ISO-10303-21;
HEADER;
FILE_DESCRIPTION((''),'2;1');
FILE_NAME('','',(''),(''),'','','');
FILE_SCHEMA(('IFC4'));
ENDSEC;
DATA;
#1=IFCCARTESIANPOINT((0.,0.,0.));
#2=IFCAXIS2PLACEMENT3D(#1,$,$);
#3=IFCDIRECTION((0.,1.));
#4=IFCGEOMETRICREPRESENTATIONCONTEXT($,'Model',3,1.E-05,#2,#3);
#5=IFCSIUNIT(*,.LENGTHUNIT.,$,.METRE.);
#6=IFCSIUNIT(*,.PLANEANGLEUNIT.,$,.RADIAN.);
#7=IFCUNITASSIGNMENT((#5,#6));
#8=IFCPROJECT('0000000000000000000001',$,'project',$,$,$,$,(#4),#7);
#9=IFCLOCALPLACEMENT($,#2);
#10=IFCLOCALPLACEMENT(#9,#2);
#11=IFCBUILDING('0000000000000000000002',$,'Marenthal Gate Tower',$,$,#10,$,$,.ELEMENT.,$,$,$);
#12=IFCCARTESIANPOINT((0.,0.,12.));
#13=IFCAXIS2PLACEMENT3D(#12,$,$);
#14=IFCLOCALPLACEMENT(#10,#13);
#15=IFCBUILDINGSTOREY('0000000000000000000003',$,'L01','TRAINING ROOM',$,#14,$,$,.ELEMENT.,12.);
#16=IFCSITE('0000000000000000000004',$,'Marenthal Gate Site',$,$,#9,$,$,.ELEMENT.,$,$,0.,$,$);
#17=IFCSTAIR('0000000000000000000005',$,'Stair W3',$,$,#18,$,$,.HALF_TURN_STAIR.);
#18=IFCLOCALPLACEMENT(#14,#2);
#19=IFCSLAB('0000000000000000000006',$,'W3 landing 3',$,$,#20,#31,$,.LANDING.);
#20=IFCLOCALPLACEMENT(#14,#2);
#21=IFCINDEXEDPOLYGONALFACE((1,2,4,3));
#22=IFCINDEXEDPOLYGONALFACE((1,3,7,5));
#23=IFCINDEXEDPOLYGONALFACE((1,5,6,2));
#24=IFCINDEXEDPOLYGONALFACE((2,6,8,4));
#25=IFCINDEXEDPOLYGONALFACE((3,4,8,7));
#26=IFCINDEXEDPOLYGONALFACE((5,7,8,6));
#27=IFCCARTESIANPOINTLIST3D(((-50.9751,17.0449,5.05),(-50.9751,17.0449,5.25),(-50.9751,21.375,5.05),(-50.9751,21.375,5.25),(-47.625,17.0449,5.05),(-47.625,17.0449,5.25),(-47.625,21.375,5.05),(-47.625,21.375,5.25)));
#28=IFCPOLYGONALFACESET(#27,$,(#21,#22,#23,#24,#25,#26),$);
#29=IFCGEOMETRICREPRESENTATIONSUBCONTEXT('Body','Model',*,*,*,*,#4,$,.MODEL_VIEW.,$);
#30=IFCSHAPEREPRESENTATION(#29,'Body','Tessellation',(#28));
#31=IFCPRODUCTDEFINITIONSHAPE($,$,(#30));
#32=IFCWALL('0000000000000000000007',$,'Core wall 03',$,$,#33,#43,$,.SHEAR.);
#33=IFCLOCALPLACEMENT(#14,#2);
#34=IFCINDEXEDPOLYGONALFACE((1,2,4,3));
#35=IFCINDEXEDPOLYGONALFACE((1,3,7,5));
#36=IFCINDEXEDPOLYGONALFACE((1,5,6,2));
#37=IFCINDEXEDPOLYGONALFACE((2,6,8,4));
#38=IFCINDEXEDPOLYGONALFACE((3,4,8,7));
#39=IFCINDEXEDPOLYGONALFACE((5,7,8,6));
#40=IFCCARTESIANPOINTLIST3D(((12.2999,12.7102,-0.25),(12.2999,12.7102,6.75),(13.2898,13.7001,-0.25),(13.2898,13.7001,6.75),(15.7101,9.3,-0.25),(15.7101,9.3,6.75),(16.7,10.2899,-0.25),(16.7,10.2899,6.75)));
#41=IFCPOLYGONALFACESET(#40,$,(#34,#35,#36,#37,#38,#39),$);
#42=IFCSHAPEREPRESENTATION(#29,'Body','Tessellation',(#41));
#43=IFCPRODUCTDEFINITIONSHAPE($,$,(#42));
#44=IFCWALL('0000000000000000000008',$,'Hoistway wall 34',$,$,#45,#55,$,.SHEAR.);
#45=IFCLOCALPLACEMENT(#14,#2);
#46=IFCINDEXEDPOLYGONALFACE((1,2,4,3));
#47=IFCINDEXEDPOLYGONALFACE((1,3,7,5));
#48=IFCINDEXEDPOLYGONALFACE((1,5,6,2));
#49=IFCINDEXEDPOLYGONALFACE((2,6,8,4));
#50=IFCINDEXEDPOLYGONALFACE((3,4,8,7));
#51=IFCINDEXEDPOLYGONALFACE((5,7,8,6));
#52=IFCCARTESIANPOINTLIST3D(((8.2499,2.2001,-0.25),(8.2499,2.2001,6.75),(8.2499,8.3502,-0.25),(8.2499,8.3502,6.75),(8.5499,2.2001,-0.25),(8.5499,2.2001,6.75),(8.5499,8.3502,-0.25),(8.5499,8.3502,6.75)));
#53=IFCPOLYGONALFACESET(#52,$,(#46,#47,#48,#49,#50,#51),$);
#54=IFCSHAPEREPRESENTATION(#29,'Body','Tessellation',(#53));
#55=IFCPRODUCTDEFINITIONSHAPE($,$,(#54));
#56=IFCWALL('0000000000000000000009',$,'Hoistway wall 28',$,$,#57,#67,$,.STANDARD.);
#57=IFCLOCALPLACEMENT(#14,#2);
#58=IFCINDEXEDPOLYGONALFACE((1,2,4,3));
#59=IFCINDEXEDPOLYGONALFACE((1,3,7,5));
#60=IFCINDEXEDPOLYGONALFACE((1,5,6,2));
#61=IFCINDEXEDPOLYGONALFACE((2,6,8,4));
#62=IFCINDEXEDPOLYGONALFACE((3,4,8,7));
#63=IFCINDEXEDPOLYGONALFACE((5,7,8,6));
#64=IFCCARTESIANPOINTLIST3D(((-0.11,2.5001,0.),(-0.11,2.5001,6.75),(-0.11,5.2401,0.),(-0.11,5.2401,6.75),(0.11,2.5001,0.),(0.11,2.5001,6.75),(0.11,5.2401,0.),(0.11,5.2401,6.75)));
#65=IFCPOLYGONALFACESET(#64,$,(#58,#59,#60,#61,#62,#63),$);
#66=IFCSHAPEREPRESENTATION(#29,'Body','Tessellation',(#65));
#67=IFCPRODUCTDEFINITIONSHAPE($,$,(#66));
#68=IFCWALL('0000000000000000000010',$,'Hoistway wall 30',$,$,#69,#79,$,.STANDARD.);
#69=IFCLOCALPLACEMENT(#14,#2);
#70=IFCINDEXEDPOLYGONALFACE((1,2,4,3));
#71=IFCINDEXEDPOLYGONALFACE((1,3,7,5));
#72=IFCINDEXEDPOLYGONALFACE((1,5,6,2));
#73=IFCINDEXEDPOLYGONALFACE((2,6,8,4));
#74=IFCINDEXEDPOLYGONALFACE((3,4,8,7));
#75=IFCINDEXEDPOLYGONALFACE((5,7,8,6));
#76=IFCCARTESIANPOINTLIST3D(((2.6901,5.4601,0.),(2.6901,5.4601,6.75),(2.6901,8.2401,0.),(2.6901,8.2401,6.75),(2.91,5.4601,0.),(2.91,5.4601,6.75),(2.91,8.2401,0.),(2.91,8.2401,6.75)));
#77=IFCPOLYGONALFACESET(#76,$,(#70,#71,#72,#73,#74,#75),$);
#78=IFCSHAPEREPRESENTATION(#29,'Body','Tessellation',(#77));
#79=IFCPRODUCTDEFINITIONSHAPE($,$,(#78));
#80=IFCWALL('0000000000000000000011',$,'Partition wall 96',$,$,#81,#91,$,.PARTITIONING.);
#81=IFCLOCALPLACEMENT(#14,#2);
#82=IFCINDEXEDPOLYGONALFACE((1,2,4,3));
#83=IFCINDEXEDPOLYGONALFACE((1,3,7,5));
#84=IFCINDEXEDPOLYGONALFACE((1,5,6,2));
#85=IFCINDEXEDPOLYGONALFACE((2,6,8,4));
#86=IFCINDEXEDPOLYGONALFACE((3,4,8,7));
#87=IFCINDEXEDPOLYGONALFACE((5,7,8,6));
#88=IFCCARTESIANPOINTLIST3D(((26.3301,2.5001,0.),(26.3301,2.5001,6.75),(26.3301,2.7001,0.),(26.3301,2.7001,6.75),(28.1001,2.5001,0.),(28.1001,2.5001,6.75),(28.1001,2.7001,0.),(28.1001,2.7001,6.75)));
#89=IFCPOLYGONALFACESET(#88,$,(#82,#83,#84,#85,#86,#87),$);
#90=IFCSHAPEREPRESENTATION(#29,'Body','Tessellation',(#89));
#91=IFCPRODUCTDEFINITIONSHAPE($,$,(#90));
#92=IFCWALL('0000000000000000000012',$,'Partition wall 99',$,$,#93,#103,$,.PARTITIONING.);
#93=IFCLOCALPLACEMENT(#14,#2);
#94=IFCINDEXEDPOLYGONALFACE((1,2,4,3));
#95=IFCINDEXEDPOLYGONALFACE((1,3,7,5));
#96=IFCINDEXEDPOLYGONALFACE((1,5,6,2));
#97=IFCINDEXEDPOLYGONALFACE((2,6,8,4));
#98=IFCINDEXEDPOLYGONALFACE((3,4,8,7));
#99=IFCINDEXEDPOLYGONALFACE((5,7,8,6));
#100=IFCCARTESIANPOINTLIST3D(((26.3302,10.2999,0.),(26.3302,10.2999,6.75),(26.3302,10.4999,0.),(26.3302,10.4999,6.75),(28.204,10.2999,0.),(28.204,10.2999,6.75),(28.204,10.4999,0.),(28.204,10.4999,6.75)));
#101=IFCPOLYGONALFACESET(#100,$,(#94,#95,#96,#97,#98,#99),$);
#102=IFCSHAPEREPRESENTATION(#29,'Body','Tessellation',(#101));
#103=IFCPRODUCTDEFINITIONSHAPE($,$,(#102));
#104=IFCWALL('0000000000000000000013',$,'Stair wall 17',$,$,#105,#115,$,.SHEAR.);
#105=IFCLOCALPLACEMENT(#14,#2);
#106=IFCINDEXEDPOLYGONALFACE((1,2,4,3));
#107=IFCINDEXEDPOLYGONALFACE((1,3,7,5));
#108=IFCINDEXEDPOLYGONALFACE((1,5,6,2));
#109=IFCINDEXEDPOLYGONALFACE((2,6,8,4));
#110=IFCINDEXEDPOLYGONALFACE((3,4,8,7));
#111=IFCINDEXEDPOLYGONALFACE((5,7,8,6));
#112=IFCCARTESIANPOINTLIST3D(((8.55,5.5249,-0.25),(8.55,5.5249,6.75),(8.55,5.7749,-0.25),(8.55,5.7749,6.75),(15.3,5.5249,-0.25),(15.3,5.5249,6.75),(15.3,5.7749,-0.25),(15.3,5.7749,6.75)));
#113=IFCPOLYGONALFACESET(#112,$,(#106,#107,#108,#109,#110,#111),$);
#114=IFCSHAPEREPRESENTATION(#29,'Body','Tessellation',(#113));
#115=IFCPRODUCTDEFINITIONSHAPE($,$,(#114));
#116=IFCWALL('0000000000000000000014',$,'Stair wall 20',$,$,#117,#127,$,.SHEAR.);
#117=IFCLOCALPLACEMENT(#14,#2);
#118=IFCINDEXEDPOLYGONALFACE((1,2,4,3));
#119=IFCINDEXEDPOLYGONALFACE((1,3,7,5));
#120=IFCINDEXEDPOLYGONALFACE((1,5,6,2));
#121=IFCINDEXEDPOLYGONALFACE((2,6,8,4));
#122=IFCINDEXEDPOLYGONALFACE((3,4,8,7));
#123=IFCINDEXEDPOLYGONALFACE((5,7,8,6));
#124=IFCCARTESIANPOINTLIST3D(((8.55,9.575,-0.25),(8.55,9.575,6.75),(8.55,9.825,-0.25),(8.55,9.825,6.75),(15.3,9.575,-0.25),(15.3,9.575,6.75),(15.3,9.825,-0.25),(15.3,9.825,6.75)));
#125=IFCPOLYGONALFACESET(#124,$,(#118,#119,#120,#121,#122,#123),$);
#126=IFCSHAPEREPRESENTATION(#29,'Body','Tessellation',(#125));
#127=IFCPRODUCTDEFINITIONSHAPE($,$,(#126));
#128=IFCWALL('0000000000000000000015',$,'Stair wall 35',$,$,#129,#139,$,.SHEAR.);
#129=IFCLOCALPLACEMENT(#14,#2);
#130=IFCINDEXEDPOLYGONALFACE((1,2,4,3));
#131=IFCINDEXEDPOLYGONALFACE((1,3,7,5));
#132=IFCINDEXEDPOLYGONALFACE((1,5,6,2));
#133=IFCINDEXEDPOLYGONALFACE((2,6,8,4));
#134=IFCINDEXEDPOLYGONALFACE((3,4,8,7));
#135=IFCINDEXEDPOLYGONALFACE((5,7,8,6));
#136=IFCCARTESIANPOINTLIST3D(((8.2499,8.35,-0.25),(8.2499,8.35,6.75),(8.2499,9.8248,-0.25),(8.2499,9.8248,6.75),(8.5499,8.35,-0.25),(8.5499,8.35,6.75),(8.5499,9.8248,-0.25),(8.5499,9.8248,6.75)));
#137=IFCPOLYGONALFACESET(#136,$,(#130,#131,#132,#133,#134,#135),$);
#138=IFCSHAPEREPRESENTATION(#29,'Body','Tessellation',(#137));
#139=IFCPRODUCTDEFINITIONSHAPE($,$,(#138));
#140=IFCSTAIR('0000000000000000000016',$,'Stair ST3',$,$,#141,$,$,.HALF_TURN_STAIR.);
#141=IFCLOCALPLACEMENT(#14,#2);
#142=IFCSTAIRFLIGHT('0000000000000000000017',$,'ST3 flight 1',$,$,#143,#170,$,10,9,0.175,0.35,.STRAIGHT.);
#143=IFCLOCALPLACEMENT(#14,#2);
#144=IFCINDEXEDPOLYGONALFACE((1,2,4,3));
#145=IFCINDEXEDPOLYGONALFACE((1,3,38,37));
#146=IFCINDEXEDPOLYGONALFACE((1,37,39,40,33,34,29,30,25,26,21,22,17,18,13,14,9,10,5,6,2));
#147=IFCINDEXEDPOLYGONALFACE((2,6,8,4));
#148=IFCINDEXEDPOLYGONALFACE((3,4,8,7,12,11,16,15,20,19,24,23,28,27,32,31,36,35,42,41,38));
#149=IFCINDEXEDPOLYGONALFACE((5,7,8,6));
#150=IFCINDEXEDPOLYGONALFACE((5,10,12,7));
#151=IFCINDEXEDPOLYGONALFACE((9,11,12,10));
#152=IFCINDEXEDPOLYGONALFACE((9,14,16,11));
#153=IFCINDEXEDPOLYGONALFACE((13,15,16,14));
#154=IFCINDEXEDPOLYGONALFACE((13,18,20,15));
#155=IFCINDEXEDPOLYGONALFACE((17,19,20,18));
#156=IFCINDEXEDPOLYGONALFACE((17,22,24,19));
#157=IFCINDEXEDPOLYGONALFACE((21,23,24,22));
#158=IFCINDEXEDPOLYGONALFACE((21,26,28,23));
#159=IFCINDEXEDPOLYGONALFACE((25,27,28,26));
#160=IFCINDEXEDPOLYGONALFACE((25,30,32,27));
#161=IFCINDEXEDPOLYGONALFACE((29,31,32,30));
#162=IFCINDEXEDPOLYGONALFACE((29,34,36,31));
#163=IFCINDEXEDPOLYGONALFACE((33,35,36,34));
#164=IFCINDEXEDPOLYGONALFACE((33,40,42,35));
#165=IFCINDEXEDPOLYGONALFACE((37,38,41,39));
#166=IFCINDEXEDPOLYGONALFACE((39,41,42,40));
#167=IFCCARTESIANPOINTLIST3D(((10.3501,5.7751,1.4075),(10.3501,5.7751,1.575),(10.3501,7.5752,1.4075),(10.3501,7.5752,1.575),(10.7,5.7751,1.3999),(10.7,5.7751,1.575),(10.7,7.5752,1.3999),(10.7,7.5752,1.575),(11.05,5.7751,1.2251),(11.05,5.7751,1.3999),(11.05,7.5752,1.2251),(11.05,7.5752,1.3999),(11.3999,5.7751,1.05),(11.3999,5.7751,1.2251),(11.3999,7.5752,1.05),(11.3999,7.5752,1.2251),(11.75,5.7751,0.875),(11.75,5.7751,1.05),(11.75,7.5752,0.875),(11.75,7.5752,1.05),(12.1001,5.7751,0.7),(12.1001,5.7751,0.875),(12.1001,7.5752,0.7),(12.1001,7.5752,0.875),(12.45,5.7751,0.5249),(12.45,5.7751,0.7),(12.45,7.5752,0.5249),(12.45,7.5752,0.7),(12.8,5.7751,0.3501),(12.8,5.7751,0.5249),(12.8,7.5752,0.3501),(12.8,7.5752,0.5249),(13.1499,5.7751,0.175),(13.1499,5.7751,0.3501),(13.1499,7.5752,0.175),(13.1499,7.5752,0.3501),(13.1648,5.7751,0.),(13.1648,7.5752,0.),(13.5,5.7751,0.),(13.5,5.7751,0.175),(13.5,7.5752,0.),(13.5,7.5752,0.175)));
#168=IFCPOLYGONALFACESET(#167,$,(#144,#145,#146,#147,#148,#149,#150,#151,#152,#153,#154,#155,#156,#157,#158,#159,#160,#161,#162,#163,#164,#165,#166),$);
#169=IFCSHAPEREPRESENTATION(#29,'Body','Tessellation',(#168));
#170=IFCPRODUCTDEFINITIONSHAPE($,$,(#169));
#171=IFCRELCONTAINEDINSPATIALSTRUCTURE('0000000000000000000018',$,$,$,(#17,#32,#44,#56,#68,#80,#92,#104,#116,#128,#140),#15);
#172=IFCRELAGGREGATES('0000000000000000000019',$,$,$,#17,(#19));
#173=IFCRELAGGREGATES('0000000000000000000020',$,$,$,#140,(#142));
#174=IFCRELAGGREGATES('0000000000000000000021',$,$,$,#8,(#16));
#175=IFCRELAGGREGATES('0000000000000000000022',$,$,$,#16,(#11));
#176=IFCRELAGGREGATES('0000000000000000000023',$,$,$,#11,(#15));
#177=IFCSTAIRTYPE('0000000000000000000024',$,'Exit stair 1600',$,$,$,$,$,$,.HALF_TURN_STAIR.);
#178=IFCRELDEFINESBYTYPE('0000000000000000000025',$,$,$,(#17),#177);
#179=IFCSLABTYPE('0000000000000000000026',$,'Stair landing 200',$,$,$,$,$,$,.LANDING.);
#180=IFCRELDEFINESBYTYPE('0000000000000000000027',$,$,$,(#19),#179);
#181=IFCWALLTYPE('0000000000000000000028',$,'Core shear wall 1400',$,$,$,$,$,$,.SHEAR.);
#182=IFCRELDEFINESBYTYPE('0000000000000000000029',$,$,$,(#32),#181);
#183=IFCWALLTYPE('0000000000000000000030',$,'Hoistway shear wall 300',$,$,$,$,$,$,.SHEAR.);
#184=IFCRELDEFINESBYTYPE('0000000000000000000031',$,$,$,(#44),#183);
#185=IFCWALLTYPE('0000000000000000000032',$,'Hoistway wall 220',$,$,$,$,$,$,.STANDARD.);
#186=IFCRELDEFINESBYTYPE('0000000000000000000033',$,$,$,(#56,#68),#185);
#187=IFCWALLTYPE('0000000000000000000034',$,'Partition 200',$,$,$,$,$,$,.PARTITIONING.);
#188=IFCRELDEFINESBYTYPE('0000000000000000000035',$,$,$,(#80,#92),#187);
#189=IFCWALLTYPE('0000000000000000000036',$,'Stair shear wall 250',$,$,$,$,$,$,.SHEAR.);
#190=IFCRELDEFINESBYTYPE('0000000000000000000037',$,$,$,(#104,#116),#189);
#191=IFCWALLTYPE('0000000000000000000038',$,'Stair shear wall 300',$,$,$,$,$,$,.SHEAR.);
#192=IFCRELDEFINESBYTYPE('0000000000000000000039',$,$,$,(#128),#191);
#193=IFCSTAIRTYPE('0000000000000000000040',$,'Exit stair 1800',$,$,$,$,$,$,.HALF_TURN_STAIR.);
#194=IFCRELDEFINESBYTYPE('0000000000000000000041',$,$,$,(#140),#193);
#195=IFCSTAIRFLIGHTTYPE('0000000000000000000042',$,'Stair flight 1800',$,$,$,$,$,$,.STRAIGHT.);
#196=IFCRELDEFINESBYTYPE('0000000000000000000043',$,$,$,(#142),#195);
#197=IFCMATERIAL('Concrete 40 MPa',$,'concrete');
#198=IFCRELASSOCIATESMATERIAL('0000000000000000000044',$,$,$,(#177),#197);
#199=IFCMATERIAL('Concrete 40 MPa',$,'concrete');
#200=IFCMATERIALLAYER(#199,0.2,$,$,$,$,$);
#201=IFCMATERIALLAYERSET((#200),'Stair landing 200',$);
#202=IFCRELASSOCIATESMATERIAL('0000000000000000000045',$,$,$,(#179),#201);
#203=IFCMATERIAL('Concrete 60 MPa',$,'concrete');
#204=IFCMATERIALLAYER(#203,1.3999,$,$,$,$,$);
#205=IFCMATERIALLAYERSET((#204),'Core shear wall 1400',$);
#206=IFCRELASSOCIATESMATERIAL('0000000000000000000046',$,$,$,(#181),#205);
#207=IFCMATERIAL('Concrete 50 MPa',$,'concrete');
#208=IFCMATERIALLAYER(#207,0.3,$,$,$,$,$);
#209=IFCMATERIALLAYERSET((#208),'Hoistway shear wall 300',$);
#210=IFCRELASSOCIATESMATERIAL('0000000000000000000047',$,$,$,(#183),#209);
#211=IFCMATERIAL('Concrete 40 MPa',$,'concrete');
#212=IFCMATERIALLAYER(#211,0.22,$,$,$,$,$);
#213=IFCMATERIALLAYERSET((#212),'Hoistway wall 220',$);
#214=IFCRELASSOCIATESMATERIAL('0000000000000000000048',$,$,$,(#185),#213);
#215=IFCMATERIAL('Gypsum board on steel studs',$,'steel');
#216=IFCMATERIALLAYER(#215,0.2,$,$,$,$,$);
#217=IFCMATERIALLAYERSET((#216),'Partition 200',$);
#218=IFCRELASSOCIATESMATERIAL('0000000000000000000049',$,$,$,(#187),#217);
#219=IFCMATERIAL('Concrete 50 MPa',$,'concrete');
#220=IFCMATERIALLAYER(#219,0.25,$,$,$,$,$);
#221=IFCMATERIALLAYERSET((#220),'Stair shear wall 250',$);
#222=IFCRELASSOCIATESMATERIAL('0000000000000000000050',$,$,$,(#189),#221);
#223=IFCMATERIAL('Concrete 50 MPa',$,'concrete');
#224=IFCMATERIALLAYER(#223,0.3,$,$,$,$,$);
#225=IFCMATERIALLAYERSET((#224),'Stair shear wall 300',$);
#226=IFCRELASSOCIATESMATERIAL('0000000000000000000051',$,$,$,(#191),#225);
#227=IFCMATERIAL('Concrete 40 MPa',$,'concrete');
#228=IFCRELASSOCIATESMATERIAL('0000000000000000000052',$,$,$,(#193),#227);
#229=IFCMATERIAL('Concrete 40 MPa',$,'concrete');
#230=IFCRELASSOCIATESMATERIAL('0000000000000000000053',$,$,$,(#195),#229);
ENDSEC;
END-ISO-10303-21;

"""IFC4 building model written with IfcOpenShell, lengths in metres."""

from ifc_helpers import new_model, si_unit, direction, frame, frame_2d, origin, place, context, subcontext, project, spatial, polyline, rectangle, outline, extrude, material, layer, layer_set, type_object, element, aggregate, save


model = new_model("IFC4")

# Units and contexts
model_context = context("Model", 3, precision=1e-05, world=origin(), true_north=direction((0.0, 1.0)))
body_context = subcontext(model_context, "Body", "Model", "MODEL_VIEW")
ifc_project = project(units=[si_unit("LENGTHUNIT", "METRE"), si_unit("PLANEANGLEUNIT", "RADIAN")], contexts=[model_context])

# Site, building, storey
site_placement = place(None, origin())
site = spatial("IfcSite", under=ifc_project, at=site_placement, Name="Marenthal Gate Site", CompositionType="ELEMENT", RefElevation=0.0)
building_placement = place(site_placement, origin())
building = spatial("IfcBuilding", under=site, at=building_placement, Name="Marenthal Gate Tower", CompositionType="ELEMENT")
storey_placement = place(building_placement, frame((0.0, 0.0, 12.0)))
storey = spatial("IfcBuildingStorey", under=building, at=storey_placement, Name="L01", Description="TRAINING ROOM", CompositionType="ELEMENT", Elevation=12.0)

# Shared definitions
ifc_material_1 = material(Name="Concrete 40 MPa", Category="concrete")
stair_type_1 = type_object("IfcStairType", Name="Exit stair 1600", PredefinedType="HALF_TURN_STAIR", material=ifc_material_1)
ifc_material_2 = material(Name="Concrete 40 MPa", Category="concrete")
ifc_layer_1 = layer(ifc_material_2, 0.2)
ifc_layer_set_1 = layer_set([ifc_layer_1], Name="Stair landing 200")
slab_type = type_object("IfcSlabType", Name="Stair landing 200", PredefinedType="LANDING", material=ifc_layer_set_1)

# Stair, slab
stair_1_placement = place(storey_placement, origin())
stair_1 = element("IfcStair", 1, at=stair_1_placement, inside=storey, type_object=stair_type_1, Name="Stair W3", PredefinedType="HALF_TURN_STAIR")
slab_1_placement = place(storey_placement, frame((0.0, 0.0, 5.05)))
slab_1 = element("IfcSlab", 2, at=slab_1_placement, type_object=slab_type, Name="W3 landing 3", PredefinedType="LANDING", context=body_context, shape_type="SweptSolid", body=[
    extrude(outline(polyline([(-50.9751, 17.0449), (-50.9751, 21.375), (-47.625, 21.375), (-47.625, 17.0449), (-50.9751, 17.0449)])), origin(), (0.0, 0.0, 1.0), 0.2),
])
aggregate(stair_1, [slab_1])

# Walls
ifc_material_3 = material(Name="Concrete 60 MPa", Category="concrete")
ifc_layer_2 = layer(ifc_material_3, 1.3999)
ifc_layer_set_2 = layer_set([ifc_layer_2], Name="Core shear wall 1400")
wall_type_1 = type_object("IfcWallType", Name="Core shear wall 1400", PredefinedType="SHEAR", material=ifc_layer_set_2)
wall_1_placement = place(storey_placement, frame((16.2051, 9.7949, -0.25), z_axis=(0.0, 0.0, 1.0), x_axis=(-0.707107, 0.707107, 0.0)))
element("IfcWall", 3, at=wall_1_placement, inside=storey, type_object=wall_type_1, Name="Core wall 03", PredefinedType="SHEAR", context=body_context, shape_type="SweptSolid", body=[
    extrude(rectangle(XDim=4.8228, YDim=1.3999, at=frame_2d((2.4114, 0.0))), origin(), (0.0, 0.0, 1.0), 7.0),
])
ifc_material_4 = material(Name="Concrete 50 MPa", Category="concrete")
ifc_layer_3 = layer(ifc_material_4, 0.3)
ifc_layer_set_3 = layer_set([ifc_layer_3], Name="Hoistway shear wall 300")
wall_type_2 = type_object("IfcWallType", Name="Hoistway shear wall 300", PredefinedType="SHEAR", material=ifc_layer_set_3)
wall_2_placement = place(storey_placement, frame((8.3999, 2.2, -0.25), z_axis=(0.0, 0.0, 1.0), x_axis=(0.0, 1.0, 0.0)))
element("IfcWall", 4, at=wall_2_placement, inside=storey, type_object=wall_type_2, Name="Hoistway wall 34", PredefinedType="SHEAR", context=body_context, shape_type="SweptSolid", body=[
    extrude(rectangle(XDim=6.1501, YDim=0.3, at=frame_2d((3.0752, 0.0))), origin(), (0.0, 0.0, 1.0), 7.0),
])
ifc_material_5 = material(Name="Concrete 40 MPa", Category="concrete")
ifc_layer_4 = layer(ifc_material_5, 0.22)
ifc_layer_set_4 = layer_set([ifc_layer_4], Name="Hoistway wall 220")
wall_type_3 = type_object("IfcWallType", Name="Hoistway wall 220", PredefinedType="STANDARD", material=ifc_layer_set_4)
wall_3_placement = place(storey_placement, frame((0.0, 2.5, 0.0), z_axis=(0.0, 0.0, 1.0), x_axis=(0.0, 1.0, 0.0)))
element("IfcWall", 5, at=wall_3_placement, inside=storey, type_object=wall_type_3, Name="Hoistway wall 28", PredefinedType="STANDARD", context=body_context, shape_type="SweptSolid", body=[
    extrude(rectangle(XDim=2.74, YDim=0.22, at=frame_2d((1.3701, 0.0))), origin(), (0.0, 0.0, 1.0), 6.75),
])
wall_4_placement = place(storey_placement, frame((2.8, 5.46, 0.0), z_axis=(0.0, 0.0, 1.0), x_axis=(0.0, 1.0, 0.0)))
element("IfcWall", 6, at=wall_4_placement, inside=storey, type_object=wall_type_3, Name="Hoistway wall 30", PredefinedType="STANDARD", context=body_context, shape_type="SweptSolid", body=[
    extrude(rectangle(XDim=2.78, YDim=0.22, at=frame_2d((1.3901, 0.0))), origin(), (0.0, 0.0, 1.0), 6.75),
])
ifc_material_6 = material(Name="Gypsum board on steel studs", Category="steel")
ifc_layer_5 = layer(ifc_material_6, 0.2)
ifc_layer_set_5 = layer_set([ifc_layer_5], Name="Partition 200")
wall_type_4 = type_object("IfcWallType", Name="Partition 200", PredefinedType="PARTITIONING", material=ifc_layer_set_5)
wall_5_placement = place(storey_placement, frame((26.3301, 2.6001, 0.0), z_axis=(0.0, 0.0, 1.0), x_axis=(1.0, 0.0, 0.0)))
element("IfcWall", 7, at=wall_5_placement, inside=storey, type_object=wall_type_4, Name="Partition wall 96", PredefinedType="PARTITIONING", context=body_context, shape_type="SweptSolid", body=[
    extrude(rectangle(XDim=1.77, YDim=0.2, at=frame_2d((0.885, 0.0))), origin(), (0.0, 0.0, 1.0), 6.75),
])
wall_6_placement = place(storey_placement, frame((26.3301, 10.3999, 0.0), z_axis=(0.0, 0.0, 1.0), x_axis=(1.0, 0.0, 0.0)))
element("IfcWall", 8, at=wall_6_placement, inside=storey, type_object=wall_type_4, Name="Partition wall 99", PredefinedType="PARTITIONING", context=body_context, shape_type="SweptSolid", body=[
    extrude(rectangle(XDim=1.8738, YDim=0.2, at=frame_2d((0.937, 0.0))), origin(), (0.0, 0.0, 1.0), 6.75),
])
ifc_material_7 = material(Name="Concrete 50 MPa", Category="concrete")
ifc_layer_6 = layer(ifc_material_7, 0.25)
ifc_layer_set_6 = layer_set([ifc_layer_6], Name="Stair shear wall 250")
wall_type_5 = type_object("IfcWallType", Name="Stair shear wall 250", PredefinedType="SHEAR", material=ifc_layer_set_6)
for number, where, z_axis, x_axis, name in (
    (9, (8.55, 5.6499, -0.25), (0.0, 0.0, 1.0), (1.0, 0.0, 0.0), "Stair wall 17"),
    (10, (8.55, 9.7, -0.25), (0.0, 0.0, 1.0), (1.0, 0.0, 0.0), "Stair wall 20"),
):
    element("IfcWall", number, at=place(storey_placement, frame(where, z_axis=z_axis, x_axis=x_axis)), inside=storey, type_object=wall_type_5, Name=name, PredefinedType="SHEAR", context=body_context, shape_type="SweptSolid", body=[
        extrude(rectangle(XDim=6.75, YDim=0.25, at=frame_2d((3.375, 0.0))), origin(), (0.0, 0.0, 1.0), 7.0),
    ])
ifc_material_8 = material(Name="Concrete 50 MPa", Category="concrete")
ifc_layer_7 = layer(ifc_material_8, 0.3)
ifc_layer_set_7 = layer_set([ifc_layer_7], Name="Stair shear wall 300")
wall_type_6 = type_object("IfcWallType", Name="Stair shear wall 300", PredefinedType="SHEAR", material=ifc_layer_set_7)
wall_7_placement = place(storey_placement, frame((8.3999, 8.3501, -0.25), z_axis=(0.0, 0.0, 1.0), x_axis=(0.0, 1.0, 0.0)))
element("IfcWall", 11, at=wall_7_placement, inside=storey, type_object=wall_type_6, Name="Stair wall 35", PredefinedType="SHEAR", context=body_context, shape_type="SweptSolid", body=[
    extrude(rectangle(XDim=1.4749, YDim=0.3, at=frame_2d((0.7373, 0.0))), origin(), (0.0, 0.0, 1.0), 7.0),
])

# Stair, stair flight
ifc_material_9 = material(Name="Concrete 40 MPa", Category="concrete")
stair_type_2 = type_object("IfcStairType", Name="Exit stair 1800", PredefinedType="HALF_TURN_STAIR", material=ifc_material_9)
stair_2_placement = place(storey_placement, origin())
stair_2 = element("IfcStair", 12, at=stair_2_placement, inside=storey, type_object=stair_type_2, Name="Stair ST3", PredefinedType="HALF_TURN_STAIR")
ifc_material_10 = material(Name="Concrete 40 MPa", Category="concrete")
stair_flight_type = type_object("IfcStairFlightType", Name="Stair flight 1800", PredefinedType="STRAIGHT", material=ifc_material_10)
stair_flight_1_placement = place(storey_placement, frame((13.5, 6.675, 0.0), z_axis=(0.0, 0.0, 1.0), x_axis=(-1.0, 0.0, 0.0)))
stair_flight_1 = element("IfcStairFlight", 13, at=stair_flight_1_placement, type_object=stair_flight_type, Name="ST3 flight 1", NumberOfRisers=10, NumberOfTreads=9, PredefinedType="STRAIGHT", RiserHeight=0.175, TreadLength=0.35, context=body_context, shape_type="SweptSolid", body=[
    extrude(outline(polyline([(0.0, 0.0), (0.0, 0.175), (0.3501, 0.175), (0.3501, 0.3501), (0.7, 0.3501), (0.7, 0.5249), (1.05, 0.5249), (1.05, 0.7), (1.3999, 0.7), (1.3999, 0.875), (1.75, 0.875), (1.75, 1.05), (2.1001, 1.05), (2.1001, 1.2251), (2.45, 1.2251), (2.45, 1.3999), (2.8, 1.3999), (2.8, 1.575), (3.1499, 1.575), (3.1499, 1.75), (3.1499, 1.4075), (0.3352, 0.0), (0.0, 0.0)])), frame((0.0, 0.8999, 0.0), z_axis=(0.0, -1.0, 0.0), x_axis=(1.0, 0.0, 0.0)), (0.0, 0.0, 1.0), 1.8),
])
aggregate(stair_2, [stair_flight_1])

save(model, "model.ifc")
